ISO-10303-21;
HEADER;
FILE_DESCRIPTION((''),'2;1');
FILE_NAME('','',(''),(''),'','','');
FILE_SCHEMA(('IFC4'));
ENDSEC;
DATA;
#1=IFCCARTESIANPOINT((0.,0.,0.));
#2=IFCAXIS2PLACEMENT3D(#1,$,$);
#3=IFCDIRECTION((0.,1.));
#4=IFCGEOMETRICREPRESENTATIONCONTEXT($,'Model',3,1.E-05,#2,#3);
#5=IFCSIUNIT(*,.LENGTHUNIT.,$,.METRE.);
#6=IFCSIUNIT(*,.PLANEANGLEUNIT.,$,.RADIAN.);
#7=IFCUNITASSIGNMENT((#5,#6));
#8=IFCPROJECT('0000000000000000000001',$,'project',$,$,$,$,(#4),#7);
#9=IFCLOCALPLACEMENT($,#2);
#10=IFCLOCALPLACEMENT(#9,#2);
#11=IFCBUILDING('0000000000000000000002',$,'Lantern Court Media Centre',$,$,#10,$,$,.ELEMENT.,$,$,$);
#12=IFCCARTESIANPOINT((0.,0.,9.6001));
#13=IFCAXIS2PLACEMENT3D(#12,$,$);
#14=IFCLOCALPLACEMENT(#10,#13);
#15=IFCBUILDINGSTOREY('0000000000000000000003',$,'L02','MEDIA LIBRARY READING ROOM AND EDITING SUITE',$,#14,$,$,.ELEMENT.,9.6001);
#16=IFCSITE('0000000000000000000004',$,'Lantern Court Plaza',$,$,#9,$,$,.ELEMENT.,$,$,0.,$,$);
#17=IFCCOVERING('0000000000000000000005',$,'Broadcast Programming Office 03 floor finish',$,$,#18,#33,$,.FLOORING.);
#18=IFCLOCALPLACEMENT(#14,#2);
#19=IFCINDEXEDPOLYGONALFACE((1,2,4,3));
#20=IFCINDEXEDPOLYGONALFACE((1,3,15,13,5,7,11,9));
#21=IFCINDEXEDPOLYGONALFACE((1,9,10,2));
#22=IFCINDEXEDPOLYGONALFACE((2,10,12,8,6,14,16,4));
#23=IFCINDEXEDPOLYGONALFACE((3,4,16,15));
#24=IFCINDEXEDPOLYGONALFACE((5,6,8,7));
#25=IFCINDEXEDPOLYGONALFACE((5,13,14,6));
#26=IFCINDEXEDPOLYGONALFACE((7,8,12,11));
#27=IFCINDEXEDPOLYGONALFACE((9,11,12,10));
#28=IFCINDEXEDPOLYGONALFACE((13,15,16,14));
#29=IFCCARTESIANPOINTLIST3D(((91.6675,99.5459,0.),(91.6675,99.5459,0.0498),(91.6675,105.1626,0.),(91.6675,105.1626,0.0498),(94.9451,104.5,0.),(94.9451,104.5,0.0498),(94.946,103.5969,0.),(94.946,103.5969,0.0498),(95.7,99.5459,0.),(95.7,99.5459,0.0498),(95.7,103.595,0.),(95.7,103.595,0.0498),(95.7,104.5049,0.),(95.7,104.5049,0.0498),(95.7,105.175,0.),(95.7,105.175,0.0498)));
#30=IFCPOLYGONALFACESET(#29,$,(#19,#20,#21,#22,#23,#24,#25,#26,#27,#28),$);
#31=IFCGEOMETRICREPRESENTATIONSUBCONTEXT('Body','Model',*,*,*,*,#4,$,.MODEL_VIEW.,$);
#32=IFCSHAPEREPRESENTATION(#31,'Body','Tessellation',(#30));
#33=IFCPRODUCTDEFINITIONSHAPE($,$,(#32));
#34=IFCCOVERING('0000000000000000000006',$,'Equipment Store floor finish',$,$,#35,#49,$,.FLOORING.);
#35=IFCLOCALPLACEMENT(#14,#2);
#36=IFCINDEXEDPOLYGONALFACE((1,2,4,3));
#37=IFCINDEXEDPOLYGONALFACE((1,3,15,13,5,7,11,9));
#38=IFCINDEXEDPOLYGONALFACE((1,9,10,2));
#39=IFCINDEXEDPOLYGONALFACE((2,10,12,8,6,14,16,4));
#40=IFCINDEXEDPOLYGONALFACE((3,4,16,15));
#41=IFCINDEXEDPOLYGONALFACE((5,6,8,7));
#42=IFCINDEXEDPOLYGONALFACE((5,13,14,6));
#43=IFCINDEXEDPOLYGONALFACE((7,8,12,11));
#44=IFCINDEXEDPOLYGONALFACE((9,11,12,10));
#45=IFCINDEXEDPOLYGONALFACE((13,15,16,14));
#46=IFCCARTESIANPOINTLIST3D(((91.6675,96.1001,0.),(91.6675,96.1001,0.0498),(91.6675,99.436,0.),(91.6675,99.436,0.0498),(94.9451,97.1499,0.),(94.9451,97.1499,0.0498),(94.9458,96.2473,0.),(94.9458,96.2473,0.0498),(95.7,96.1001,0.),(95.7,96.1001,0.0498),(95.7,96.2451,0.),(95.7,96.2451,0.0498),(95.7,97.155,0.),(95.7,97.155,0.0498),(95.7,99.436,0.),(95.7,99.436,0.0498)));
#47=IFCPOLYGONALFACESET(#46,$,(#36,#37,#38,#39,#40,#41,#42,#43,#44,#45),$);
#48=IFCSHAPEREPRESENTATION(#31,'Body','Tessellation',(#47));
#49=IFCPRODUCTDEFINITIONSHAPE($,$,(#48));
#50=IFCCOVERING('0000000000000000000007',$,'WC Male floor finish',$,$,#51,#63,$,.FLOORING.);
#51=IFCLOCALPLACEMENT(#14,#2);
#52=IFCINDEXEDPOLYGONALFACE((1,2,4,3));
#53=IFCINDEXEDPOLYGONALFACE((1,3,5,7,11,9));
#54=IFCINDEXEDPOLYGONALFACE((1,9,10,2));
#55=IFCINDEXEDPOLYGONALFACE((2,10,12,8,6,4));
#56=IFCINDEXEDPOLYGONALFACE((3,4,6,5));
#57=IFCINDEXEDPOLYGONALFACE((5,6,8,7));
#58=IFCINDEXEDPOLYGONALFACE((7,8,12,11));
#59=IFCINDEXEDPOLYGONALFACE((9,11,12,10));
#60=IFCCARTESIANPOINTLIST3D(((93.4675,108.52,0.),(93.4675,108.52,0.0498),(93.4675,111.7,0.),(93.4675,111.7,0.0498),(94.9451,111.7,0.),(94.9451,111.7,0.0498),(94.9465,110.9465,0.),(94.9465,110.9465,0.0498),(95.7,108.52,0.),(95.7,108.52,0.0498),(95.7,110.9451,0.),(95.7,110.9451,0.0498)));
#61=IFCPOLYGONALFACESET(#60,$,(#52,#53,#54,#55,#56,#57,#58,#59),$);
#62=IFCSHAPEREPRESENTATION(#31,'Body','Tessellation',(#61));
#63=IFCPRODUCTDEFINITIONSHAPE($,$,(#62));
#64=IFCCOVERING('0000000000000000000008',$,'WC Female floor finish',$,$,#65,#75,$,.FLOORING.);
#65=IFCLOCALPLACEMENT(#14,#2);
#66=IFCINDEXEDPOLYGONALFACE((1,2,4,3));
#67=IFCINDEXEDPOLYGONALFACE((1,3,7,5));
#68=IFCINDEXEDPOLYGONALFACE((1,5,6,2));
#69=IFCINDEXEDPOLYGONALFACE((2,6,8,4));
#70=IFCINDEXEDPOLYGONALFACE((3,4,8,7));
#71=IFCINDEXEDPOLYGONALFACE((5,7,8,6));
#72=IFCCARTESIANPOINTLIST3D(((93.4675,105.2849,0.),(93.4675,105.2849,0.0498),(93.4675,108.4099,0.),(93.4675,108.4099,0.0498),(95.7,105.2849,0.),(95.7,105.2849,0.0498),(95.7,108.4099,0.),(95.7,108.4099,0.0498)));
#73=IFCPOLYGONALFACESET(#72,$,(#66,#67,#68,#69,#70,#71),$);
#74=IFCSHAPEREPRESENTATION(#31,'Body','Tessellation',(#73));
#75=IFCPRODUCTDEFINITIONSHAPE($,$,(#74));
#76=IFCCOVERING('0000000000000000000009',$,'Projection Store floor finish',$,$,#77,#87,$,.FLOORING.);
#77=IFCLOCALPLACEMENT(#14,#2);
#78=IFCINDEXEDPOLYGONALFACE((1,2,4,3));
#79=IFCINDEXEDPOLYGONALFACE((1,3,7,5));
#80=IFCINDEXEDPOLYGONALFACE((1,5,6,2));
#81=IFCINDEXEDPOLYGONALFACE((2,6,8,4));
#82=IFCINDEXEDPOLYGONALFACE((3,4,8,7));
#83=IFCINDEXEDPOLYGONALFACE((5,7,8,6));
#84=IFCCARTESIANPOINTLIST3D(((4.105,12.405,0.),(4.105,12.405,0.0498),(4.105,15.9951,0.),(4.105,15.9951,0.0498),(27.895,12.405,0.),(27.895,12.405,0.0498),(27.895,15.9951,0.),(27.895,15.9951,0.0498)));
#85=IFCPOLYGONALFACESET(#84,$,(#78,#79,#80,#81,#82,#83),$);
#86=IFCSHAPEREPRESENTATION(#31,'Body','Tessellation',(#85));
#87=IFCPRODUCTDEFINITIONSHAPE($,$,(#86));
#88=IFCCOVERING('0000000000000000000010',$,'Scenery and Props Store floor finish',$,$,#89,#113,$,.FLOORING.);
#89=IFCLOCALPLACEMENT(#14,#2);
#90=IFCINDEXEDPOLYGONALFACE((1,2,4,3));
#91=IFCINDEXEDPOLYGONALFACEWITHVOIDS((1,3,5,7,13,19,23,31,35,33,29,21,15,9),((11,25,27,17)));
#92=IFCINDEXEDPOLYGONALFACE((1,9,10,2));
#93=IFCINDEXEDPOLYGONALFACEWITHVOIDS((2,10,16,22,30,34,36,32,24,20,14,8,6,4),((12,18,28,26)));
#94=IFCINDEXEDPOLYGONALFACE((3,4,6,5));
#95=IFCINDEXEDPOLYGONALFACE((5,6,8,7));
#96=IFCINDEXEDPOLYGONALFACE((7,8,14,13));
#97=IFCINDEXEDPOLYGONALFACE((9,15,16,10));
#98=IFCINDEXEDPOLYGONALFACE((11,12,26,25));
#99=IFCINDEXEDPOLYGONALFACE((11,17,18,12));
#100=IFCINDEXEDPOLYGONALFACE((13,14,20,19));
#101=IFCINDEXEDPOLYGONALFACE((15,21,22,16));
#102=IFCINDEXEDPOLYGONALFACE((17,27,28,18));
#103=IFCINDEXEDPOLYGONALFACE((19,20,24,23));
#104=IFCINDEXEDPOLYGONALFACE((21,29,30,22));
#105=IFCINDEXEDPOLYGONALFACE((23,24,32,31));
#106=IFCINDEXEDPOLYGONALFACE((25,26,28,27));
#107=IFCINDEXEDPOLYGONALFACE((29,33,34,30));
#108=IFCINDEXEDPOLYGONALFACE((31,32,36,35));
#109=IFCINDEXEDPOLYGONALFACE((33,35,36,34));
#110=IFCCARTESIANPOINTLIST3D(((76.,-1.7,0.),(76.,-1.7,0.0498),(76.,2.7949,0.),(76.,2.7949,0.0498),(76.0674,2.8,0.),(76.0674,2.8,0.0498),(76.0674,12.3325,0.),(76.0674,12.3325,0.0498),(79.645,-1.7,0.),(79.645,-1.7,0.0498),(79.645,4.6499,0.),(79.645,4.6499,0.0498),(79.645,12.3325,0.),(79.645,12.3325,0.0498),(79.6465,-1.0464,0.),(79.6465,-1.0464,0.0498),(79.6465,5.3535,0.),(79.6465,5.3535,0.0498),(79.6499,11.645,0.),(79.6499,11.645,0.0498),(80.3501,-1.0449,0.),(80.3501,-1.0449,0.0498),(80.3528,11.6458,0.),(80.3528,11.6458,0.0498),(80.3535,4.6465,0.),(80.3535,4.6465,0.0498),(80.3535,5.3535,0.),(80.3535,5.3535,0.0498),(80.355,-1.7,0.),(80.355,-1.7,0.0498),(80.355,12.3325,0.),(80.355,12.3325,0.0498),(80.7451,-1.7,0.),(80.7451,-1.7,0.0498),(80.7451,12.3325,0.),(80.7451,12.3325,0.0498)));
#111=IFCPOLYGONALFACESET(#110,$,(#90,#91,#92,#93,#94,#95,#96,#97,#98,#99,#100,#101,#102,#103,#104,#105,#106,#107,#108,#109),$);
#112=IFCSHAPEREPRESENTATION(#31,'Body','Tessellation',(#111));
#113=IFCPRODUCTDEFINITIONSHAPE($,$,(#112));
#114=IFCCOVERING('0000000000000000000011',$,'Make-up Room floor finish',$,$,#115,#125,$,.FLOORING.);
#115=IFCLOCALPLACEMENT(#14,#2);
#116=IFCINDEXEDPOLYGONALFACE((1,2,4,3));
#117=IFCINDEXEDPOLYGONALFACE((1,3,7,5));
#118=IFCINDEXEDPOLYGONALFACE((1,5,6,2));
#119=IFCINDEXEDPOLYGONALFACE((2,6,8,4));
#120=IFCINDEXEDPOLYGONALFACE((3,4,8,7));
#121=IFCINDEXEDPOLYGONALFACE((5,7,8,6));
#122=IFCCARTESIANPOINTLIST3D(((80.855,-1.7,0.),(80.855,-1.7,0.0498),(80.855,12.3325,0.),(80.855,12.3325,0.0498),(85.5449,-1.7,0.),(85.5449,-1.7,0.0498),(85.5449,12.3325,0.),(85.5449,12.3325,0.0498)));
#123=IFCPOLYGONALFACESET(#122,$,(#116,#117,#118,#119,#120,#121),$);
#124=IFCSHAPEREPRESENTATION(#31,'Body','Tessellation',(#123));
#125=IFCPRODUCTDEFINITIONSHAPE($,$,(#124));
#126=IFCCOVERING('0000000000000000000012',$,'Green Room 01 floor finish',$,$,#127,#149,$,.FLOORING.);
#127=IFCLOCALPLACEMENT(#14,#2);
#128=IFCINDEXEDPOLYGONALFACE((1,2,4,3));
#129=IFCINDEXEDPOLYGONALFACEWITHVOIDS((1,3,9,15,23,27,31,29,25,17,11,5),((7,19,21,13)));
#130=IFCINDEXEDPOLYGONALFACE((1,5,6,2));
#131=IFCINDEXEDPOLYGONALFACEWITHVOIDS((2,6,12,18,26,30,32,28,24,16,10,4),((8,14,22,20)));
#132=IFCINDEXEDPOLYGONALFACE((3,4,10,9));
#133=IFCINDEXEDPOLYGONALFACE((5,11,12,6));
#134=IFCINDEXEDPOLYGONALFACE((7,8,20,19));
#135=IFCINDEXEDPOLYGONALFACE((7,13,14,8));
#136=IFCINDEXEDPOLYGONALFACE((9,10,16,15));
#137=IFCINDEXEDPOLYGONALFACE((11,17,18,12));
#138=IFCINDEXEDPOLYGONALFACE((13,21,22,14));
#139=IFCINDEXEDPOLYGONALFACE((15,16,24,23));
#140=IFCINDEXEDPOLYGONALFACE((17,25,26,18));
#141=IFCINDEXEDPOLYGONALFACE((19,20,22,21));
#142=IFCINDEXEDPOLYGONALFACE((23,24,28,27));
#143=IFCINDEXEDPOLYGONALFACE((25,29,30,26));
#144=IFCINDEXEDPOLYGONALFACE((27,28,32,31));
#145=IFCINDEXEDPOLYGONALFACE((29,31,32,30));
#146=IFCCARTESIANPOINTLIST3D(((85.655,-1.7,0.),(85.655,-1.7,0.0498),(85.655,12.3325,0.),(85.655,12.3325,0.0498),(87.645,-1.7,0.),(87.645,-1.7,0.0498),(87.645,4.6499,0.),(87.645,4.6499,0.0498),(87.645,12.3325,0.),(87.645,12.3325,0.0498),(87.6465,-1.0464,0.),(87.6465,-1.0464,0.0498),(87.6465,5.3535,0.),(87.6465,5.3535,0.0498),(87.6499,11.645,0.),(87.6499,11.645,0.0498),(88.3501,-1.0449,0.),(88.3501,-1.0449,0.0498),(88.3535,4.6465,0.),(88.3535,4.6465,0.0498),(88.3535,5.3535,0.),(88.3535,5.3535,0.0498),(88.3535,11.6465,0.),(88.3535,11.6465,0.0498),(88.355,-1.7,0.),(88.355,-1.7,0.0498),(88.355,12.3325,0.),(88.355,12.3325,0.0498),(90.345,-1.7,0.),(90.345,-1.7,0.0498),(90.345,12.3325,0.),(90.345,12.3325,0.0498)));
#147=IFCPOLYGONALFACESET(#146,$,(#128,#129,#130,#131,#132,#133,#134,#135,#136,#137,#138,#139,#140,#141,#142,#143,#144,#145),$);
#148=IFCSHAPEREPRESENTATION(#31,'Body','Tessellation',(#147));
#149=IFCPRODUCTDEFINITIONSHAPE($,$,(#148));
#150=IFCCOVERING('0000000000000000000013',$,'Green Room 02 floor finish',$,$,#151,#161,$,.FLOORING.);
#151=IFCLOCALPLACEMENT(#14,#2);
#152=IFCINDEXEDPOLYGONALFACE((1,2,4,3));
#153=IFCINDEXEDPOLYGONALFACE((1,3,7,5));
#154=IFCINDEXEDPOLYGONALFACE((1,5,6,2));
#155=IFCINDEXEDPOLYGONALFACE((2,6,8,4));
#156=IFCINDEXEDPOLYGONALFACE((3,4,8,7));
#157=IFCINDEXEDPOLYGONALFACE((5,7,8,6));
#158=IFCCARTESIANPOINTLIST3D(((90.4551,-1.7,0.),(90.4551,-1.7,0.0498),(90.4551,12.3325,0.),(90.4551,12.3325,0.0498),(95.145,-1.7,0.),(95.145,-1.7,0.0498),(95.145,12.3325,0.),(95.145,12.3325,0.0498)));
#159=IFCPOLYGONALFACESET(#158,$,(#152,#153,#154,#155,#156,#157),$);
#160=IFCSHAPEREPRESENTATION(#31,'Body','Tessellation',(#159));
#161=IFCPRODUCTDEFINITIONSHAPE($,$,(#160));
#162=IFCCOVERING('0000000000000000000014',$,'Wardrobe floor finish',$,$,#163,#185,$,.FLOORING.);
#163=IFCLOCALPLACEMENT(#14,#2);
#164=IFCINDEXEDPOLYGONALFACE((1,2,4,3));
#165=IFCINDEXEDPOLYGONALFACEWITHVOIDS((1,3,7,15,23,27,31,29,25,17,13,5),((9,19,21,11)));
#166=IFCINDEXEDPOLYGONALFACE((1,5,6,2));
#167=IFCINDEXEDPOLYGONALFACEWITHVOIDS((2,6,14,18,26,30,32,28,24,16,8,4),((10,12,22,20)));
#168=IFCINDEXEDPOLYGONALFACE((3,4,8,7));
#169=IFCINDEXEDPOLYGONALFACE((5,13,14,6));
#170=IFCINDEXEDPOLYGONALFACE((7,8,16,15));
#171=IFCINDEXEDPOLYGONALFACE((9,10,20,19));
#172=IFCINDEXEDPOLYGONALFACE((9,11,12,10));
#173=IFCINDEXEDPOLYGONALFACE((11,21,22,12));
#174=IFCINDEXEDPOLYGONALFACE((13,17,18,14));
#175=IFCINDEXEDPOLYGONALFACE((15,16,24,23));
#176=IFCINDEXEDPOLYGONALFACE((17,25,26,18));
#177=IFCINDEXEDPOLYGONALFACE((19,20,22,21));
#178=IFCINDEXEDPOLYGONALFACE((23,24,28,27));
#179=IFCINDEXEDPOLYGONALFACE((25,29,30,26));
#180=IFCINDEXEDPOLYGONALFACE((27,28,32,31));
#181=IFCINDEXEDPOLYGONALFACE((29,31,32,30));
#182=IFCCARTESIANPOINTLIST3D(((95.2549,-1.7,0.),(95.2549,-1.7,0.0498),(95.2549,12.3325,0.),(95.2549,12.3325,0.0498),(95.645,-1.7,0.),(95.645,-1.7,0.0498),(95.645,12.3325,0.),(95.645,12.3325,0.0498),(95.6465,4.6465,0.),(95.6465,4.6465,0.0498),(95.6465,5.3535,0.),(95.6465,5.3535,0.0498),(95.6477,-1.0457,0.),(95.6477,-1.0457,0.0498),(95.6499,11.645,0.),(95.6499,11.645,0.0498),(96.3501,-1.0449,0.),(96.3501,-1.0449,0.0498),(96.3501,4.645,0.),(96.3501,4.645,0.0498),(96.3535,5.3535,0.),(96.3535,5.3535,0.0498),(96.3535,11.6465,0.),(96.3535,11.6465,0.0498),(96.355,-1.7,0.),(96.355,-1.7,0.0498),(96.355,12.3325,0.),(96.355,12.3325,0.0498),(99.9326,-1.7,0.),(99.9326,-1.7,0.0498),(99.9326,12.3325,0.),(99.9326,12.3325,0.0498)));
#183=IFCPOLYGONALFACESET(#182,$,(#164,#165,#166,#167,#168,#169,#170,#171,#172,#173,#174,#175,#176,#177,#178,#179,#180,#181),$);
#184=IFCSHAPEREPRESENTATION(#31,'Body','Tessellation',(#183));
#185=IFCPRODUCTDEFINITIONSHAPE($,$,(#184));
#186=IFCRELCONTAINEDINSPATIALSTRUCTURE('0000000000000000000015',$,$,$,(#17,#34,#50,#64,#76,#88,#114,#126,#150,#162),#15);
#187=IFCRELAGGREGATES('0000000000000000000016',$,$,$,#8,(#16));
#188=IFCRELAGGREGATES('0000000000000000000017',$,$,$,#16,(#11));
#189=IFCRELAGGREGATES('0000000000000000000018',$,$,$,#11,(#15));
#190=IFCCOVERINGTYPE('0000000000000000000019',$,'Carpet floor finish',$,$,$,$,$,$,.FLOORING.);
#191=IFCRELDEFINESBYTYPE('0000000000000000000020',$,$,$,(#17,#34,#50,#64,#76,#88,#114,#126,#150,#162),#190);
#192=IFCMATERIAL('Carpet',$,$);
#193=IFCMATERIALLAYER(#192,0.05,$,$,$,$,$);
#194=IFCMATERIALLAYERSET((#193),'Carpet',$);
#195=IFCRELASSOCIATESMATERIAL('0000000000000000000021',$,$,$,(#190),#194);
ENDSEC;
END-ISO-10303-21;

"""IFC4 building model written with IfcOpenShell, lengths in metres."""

from ifc_helpers import new_model, si_unit, direction, frame, origin, place, context, subcontext, project, spatial, polyline, outline, extrude, material, layer, layer_set, type_object, element, save


model = new_model("IFC4")

# Units and contexts
model_context = context("Model", 3, precision=1e-05, world=origin(), true_north=direction((0.0, 1.0)))
body_context = subcontext(model_context, "Body", "Model", "MODEL_VIEW")
ifc_project = project(units=[si_unit("LENGTHUNIT", "METRE"), si_unit("PLANEANGLEUNIT", "RADIAN")], contexts=[model_context])

# Site, building, storey
site_placement = place(None, origin())
site = spatial("IfcSite", under=ifc_project, at=site_placement, Name="Lantern Court Plaza", CompositionType="ELEMENT", RefElevation=0.0)
building_placement = place(site_placement, origin())
building = spatial("IfcBuilding", under=site, at=building_placement, Name="Lantern Court Media Centre", CompositionType="ELEMENT")
storey_placement = place(building_placement, frame((0.0, 0.0, 9.6001)))
storey = spatial("IfcBuildingStorey", under=building, at=storey_placement, Name="L02", Description="MEDIA LIBRARY READING ROOM AND EDITING SUITE", CompositionType="ELEMENT", Elevation=9.6001)

# Coverings
ifc_material_1 = material(Name="Carpet")
ifc_layer_1 = layer(ifc_material_1, 0.05)
ifc_layer_set_1 = layer_set([ifc_layer_1], Name="Carpet")
covering_type_1 = type_object("IfcCoveringType", Name="Carpet floor finish", PredefinedType="FLOORING", material=ifc_layer_set_1)
covering_1_placement = place(storey_placement, origin())
element("IfcCovering", 1, at=covering_1_placement, inside=storey, type_object=covering_type_1, Name="Broadcast Programming Office 03 floor finish", PredefinedType="FLOORING", context=body_context, shape_type="SweptSolid", body=[
    extrude(outline(polyline([(95.7, 99.5459), (91.6675, 99.5459), (91.6675, 105.1626), (95.7, 105.175), (95.7, 104.5049), (94.9451, 104.5), (94.946, 103.5969), (95.7, 103.595), (95.7, 99.5459)])), origin(), (0.0, 0.0, 1.0), 0.0498),
])
covering_2_placement = place(storey_placement, origin())
element("IfcCovering", 2, at=covering_2_placement, inside=storey, type_object=covering_type_1, Name="Equipment Store floor finish", PredefinedType="FLOORING", context=body_context, shape_type="SweptSolid", body=[
    extrude(outline(polyline([(95.7, 96.1001), (91.6675, 96.1001), (91.6675, 99.436), (95.7, 99.436), (95.7, 97.155), (94.9451, 97.1499), (94.9458, 96.2473), (95.7, 96.2451), (95.7, 96.1001)])), origin(), (0.0, 0.0, 1.0), 0.0498),
])
covering_3_placement = place(storey_placement, origin())
element("IfcCovering", 3, at=covering_3_placement, inside=storey, type_object=covering_type_1, Name="WC Male floor finish", PredefinedType="FLOORING", context=body_context, shape_type="SweptSolid", body=[
    extrude(outline(polyline([(95.7, 108.52), (93.4675, 108.52), (93.4675, 111.7), (94.9451, 111.7), (94.9465, 110.9465), (95.7, 110.9451), (95.7, 108.52)])), origin(), (0.0, 0.0, 1.0), 0.0498),
])
covering_4_placement = place(storey_placement, origin())
element("IfcCovering", 4, at=covering_4_placement, inside=storey, type_object=covering_type_1, Name="WC Female floor finish", PredefinedType="FLOORING", context=body_context, shape_type="SweptSolid", body=[
    extrude(outline(polyline([(95.7, 105.2849), (93.4675, 105.2849), (93.4675, 108.4099), (95.7, 108.4099), (95.7, 105.2849)])), origin(), (0.0, 0.0, 1.0), 0.0498),
])
covering_5_placement = place(storey_placement, origin())
element("IfcCovering", 5, at=covering_5_placement, inside=storey, type_object=covering_type_1, Name="Projection Store floor finish", PredefinedType="FLOORING", context=body_context, shape_type="SweptSolid", body=[
    extrude(outline(polyline([(4.105, 12.405), (4.105, 15.9951), (27.895, 15.9951), (27.895, 12.405), (4.105, 12.405)])), origin(), (0.0, 0.0, 1.0), 0.0498),
])
covering_6_placement = place(storey_placement, origin())
element("IfcCovering", 6, at=covering_6_placement, inside=storey, type_object=covering_type_1, Name="Scenery and Props Store floor finish", PredefinedType="FLOORING", context=body_context, shape_type="SweptSolid", body=[
    extrude(outline(polyline([(76.0, -1.7), (76.0, 2.7949), (76.0674, 2.8), (76.0674, 12.3325), (79.645, 12.3325), (79.6499, 11.645), (80.3528, 11.6458), (80.355, 12.3325), (80.7451, 12.3325), (80.7451, -1.7), (80.355, -1.7), (80.3501, -1.0449), (79.6465, -1.0464), (79.645, -1.7), (76.0, -1.7)]), holes=[polyline([(79.645, 4.6499), (80.3535, 4.6465), (80.3535, 5.3535), (79.6465, 5.3535), (79.645, 4.6499)])]), origin(), (0.0, 0.0, 1.0), 0.0498),
])
covering_7_placement = place(storey_placement, origin())
element("IfcCovering", 7, at=covering_7_placement, inside=storey, type_object=covering_type_1, Name="Make-up Room floor finish", PredefinedType="FLOORING", context=body_context, shape_type="SweptSolid", body=[
    extrude(outline(polyline([(80.855, -1.7), (80.855, 12.3325), (85.5449, 12.3325), (85.5449, -1.7), (80.855, -1.7)])), origin(), (0.0, 0.0, 1.0), 0.0498),
])
covering_8_placement = place(storey_placement, origin())
element("IfcCovering", 8, at=covering_8_placement, inside=storey, type_object=covering_type_1, Name="Green Room 01 floor finish", PredefinedType="FLOORING", context=body_context, shape_type="SweptSolid", body=[
    extrude(outline(polyline([(85.655, -1.7), (85.655, 12.3325), (87.645, 12.3325), (87.6499, 11.645), (88.3535, 11.6465), (88.355, 12.3325), (90.345, 12.3325), (90.345, -1.7), (88.355, -1.7), (88.3501, -1.0449), (87.6465, -1.0464), (87.645, -1.7), (85.655, -1.7)]), holes=[polyline([(87.645, 4.6499), (88.3535, 4.6465), (88.3535, 5.3535), (87.6465, 5.3535), (87.645, 4.6499)])]), origin(), (0.0, 0.0, 1.0), 0.0498),
])
covering_9_placement = place(storey_placement, origin())
element("IfcCovering", 9, at=covering_9_placement, inside=storey, type_object=covering_type_1, Name="Green Room 02 floor finish", PredefinedType="FLOORING", context=body_context, shape_type="SweptSolid", body=[
    extrude(outline(polyline([(90.4551, -1.7), (90.4551, 12.3325), (95.145, 12.3325), (95.145, -1.7), (90.4551, -1.7)])), origin(), (0.0, 0.0, 1.0), 0.0498),
])
covering_10_placement = place(storey_placement, origin())
element("IfcCovering", 10, at=covering_10_placement, inside=storey, type_object=covering_type_1, Name="Wardrobe floor finish", PredefinedType="FLOORING", context=body_context, shape_type="SweptSolid", body=[
    extrude(outline(polyline([(95.2549, -1.7), (95.2549, 12.3325), (95.645, 12.3325), (95.6499, 11.645), (96.3535, 11.6465), (96.355, 12.3325), (99.9326, 12.3325), (99.9326, -1.7), (96.355, -1.7), (96.3501, -1.0449), (95.6477, -1.0457), (95.645, -1.7), (95.2549, -1.7)]), holes=[polyline([(96.3501, 4.645), (96.3535, 5.3535), (95.6465, 5.3535), (95.6465, 4.6465), (96.3501, 4.645)])]), origin(), (0.0, 0.0, 1.0), 0.0498),
])

save(model, "model.ifc")
